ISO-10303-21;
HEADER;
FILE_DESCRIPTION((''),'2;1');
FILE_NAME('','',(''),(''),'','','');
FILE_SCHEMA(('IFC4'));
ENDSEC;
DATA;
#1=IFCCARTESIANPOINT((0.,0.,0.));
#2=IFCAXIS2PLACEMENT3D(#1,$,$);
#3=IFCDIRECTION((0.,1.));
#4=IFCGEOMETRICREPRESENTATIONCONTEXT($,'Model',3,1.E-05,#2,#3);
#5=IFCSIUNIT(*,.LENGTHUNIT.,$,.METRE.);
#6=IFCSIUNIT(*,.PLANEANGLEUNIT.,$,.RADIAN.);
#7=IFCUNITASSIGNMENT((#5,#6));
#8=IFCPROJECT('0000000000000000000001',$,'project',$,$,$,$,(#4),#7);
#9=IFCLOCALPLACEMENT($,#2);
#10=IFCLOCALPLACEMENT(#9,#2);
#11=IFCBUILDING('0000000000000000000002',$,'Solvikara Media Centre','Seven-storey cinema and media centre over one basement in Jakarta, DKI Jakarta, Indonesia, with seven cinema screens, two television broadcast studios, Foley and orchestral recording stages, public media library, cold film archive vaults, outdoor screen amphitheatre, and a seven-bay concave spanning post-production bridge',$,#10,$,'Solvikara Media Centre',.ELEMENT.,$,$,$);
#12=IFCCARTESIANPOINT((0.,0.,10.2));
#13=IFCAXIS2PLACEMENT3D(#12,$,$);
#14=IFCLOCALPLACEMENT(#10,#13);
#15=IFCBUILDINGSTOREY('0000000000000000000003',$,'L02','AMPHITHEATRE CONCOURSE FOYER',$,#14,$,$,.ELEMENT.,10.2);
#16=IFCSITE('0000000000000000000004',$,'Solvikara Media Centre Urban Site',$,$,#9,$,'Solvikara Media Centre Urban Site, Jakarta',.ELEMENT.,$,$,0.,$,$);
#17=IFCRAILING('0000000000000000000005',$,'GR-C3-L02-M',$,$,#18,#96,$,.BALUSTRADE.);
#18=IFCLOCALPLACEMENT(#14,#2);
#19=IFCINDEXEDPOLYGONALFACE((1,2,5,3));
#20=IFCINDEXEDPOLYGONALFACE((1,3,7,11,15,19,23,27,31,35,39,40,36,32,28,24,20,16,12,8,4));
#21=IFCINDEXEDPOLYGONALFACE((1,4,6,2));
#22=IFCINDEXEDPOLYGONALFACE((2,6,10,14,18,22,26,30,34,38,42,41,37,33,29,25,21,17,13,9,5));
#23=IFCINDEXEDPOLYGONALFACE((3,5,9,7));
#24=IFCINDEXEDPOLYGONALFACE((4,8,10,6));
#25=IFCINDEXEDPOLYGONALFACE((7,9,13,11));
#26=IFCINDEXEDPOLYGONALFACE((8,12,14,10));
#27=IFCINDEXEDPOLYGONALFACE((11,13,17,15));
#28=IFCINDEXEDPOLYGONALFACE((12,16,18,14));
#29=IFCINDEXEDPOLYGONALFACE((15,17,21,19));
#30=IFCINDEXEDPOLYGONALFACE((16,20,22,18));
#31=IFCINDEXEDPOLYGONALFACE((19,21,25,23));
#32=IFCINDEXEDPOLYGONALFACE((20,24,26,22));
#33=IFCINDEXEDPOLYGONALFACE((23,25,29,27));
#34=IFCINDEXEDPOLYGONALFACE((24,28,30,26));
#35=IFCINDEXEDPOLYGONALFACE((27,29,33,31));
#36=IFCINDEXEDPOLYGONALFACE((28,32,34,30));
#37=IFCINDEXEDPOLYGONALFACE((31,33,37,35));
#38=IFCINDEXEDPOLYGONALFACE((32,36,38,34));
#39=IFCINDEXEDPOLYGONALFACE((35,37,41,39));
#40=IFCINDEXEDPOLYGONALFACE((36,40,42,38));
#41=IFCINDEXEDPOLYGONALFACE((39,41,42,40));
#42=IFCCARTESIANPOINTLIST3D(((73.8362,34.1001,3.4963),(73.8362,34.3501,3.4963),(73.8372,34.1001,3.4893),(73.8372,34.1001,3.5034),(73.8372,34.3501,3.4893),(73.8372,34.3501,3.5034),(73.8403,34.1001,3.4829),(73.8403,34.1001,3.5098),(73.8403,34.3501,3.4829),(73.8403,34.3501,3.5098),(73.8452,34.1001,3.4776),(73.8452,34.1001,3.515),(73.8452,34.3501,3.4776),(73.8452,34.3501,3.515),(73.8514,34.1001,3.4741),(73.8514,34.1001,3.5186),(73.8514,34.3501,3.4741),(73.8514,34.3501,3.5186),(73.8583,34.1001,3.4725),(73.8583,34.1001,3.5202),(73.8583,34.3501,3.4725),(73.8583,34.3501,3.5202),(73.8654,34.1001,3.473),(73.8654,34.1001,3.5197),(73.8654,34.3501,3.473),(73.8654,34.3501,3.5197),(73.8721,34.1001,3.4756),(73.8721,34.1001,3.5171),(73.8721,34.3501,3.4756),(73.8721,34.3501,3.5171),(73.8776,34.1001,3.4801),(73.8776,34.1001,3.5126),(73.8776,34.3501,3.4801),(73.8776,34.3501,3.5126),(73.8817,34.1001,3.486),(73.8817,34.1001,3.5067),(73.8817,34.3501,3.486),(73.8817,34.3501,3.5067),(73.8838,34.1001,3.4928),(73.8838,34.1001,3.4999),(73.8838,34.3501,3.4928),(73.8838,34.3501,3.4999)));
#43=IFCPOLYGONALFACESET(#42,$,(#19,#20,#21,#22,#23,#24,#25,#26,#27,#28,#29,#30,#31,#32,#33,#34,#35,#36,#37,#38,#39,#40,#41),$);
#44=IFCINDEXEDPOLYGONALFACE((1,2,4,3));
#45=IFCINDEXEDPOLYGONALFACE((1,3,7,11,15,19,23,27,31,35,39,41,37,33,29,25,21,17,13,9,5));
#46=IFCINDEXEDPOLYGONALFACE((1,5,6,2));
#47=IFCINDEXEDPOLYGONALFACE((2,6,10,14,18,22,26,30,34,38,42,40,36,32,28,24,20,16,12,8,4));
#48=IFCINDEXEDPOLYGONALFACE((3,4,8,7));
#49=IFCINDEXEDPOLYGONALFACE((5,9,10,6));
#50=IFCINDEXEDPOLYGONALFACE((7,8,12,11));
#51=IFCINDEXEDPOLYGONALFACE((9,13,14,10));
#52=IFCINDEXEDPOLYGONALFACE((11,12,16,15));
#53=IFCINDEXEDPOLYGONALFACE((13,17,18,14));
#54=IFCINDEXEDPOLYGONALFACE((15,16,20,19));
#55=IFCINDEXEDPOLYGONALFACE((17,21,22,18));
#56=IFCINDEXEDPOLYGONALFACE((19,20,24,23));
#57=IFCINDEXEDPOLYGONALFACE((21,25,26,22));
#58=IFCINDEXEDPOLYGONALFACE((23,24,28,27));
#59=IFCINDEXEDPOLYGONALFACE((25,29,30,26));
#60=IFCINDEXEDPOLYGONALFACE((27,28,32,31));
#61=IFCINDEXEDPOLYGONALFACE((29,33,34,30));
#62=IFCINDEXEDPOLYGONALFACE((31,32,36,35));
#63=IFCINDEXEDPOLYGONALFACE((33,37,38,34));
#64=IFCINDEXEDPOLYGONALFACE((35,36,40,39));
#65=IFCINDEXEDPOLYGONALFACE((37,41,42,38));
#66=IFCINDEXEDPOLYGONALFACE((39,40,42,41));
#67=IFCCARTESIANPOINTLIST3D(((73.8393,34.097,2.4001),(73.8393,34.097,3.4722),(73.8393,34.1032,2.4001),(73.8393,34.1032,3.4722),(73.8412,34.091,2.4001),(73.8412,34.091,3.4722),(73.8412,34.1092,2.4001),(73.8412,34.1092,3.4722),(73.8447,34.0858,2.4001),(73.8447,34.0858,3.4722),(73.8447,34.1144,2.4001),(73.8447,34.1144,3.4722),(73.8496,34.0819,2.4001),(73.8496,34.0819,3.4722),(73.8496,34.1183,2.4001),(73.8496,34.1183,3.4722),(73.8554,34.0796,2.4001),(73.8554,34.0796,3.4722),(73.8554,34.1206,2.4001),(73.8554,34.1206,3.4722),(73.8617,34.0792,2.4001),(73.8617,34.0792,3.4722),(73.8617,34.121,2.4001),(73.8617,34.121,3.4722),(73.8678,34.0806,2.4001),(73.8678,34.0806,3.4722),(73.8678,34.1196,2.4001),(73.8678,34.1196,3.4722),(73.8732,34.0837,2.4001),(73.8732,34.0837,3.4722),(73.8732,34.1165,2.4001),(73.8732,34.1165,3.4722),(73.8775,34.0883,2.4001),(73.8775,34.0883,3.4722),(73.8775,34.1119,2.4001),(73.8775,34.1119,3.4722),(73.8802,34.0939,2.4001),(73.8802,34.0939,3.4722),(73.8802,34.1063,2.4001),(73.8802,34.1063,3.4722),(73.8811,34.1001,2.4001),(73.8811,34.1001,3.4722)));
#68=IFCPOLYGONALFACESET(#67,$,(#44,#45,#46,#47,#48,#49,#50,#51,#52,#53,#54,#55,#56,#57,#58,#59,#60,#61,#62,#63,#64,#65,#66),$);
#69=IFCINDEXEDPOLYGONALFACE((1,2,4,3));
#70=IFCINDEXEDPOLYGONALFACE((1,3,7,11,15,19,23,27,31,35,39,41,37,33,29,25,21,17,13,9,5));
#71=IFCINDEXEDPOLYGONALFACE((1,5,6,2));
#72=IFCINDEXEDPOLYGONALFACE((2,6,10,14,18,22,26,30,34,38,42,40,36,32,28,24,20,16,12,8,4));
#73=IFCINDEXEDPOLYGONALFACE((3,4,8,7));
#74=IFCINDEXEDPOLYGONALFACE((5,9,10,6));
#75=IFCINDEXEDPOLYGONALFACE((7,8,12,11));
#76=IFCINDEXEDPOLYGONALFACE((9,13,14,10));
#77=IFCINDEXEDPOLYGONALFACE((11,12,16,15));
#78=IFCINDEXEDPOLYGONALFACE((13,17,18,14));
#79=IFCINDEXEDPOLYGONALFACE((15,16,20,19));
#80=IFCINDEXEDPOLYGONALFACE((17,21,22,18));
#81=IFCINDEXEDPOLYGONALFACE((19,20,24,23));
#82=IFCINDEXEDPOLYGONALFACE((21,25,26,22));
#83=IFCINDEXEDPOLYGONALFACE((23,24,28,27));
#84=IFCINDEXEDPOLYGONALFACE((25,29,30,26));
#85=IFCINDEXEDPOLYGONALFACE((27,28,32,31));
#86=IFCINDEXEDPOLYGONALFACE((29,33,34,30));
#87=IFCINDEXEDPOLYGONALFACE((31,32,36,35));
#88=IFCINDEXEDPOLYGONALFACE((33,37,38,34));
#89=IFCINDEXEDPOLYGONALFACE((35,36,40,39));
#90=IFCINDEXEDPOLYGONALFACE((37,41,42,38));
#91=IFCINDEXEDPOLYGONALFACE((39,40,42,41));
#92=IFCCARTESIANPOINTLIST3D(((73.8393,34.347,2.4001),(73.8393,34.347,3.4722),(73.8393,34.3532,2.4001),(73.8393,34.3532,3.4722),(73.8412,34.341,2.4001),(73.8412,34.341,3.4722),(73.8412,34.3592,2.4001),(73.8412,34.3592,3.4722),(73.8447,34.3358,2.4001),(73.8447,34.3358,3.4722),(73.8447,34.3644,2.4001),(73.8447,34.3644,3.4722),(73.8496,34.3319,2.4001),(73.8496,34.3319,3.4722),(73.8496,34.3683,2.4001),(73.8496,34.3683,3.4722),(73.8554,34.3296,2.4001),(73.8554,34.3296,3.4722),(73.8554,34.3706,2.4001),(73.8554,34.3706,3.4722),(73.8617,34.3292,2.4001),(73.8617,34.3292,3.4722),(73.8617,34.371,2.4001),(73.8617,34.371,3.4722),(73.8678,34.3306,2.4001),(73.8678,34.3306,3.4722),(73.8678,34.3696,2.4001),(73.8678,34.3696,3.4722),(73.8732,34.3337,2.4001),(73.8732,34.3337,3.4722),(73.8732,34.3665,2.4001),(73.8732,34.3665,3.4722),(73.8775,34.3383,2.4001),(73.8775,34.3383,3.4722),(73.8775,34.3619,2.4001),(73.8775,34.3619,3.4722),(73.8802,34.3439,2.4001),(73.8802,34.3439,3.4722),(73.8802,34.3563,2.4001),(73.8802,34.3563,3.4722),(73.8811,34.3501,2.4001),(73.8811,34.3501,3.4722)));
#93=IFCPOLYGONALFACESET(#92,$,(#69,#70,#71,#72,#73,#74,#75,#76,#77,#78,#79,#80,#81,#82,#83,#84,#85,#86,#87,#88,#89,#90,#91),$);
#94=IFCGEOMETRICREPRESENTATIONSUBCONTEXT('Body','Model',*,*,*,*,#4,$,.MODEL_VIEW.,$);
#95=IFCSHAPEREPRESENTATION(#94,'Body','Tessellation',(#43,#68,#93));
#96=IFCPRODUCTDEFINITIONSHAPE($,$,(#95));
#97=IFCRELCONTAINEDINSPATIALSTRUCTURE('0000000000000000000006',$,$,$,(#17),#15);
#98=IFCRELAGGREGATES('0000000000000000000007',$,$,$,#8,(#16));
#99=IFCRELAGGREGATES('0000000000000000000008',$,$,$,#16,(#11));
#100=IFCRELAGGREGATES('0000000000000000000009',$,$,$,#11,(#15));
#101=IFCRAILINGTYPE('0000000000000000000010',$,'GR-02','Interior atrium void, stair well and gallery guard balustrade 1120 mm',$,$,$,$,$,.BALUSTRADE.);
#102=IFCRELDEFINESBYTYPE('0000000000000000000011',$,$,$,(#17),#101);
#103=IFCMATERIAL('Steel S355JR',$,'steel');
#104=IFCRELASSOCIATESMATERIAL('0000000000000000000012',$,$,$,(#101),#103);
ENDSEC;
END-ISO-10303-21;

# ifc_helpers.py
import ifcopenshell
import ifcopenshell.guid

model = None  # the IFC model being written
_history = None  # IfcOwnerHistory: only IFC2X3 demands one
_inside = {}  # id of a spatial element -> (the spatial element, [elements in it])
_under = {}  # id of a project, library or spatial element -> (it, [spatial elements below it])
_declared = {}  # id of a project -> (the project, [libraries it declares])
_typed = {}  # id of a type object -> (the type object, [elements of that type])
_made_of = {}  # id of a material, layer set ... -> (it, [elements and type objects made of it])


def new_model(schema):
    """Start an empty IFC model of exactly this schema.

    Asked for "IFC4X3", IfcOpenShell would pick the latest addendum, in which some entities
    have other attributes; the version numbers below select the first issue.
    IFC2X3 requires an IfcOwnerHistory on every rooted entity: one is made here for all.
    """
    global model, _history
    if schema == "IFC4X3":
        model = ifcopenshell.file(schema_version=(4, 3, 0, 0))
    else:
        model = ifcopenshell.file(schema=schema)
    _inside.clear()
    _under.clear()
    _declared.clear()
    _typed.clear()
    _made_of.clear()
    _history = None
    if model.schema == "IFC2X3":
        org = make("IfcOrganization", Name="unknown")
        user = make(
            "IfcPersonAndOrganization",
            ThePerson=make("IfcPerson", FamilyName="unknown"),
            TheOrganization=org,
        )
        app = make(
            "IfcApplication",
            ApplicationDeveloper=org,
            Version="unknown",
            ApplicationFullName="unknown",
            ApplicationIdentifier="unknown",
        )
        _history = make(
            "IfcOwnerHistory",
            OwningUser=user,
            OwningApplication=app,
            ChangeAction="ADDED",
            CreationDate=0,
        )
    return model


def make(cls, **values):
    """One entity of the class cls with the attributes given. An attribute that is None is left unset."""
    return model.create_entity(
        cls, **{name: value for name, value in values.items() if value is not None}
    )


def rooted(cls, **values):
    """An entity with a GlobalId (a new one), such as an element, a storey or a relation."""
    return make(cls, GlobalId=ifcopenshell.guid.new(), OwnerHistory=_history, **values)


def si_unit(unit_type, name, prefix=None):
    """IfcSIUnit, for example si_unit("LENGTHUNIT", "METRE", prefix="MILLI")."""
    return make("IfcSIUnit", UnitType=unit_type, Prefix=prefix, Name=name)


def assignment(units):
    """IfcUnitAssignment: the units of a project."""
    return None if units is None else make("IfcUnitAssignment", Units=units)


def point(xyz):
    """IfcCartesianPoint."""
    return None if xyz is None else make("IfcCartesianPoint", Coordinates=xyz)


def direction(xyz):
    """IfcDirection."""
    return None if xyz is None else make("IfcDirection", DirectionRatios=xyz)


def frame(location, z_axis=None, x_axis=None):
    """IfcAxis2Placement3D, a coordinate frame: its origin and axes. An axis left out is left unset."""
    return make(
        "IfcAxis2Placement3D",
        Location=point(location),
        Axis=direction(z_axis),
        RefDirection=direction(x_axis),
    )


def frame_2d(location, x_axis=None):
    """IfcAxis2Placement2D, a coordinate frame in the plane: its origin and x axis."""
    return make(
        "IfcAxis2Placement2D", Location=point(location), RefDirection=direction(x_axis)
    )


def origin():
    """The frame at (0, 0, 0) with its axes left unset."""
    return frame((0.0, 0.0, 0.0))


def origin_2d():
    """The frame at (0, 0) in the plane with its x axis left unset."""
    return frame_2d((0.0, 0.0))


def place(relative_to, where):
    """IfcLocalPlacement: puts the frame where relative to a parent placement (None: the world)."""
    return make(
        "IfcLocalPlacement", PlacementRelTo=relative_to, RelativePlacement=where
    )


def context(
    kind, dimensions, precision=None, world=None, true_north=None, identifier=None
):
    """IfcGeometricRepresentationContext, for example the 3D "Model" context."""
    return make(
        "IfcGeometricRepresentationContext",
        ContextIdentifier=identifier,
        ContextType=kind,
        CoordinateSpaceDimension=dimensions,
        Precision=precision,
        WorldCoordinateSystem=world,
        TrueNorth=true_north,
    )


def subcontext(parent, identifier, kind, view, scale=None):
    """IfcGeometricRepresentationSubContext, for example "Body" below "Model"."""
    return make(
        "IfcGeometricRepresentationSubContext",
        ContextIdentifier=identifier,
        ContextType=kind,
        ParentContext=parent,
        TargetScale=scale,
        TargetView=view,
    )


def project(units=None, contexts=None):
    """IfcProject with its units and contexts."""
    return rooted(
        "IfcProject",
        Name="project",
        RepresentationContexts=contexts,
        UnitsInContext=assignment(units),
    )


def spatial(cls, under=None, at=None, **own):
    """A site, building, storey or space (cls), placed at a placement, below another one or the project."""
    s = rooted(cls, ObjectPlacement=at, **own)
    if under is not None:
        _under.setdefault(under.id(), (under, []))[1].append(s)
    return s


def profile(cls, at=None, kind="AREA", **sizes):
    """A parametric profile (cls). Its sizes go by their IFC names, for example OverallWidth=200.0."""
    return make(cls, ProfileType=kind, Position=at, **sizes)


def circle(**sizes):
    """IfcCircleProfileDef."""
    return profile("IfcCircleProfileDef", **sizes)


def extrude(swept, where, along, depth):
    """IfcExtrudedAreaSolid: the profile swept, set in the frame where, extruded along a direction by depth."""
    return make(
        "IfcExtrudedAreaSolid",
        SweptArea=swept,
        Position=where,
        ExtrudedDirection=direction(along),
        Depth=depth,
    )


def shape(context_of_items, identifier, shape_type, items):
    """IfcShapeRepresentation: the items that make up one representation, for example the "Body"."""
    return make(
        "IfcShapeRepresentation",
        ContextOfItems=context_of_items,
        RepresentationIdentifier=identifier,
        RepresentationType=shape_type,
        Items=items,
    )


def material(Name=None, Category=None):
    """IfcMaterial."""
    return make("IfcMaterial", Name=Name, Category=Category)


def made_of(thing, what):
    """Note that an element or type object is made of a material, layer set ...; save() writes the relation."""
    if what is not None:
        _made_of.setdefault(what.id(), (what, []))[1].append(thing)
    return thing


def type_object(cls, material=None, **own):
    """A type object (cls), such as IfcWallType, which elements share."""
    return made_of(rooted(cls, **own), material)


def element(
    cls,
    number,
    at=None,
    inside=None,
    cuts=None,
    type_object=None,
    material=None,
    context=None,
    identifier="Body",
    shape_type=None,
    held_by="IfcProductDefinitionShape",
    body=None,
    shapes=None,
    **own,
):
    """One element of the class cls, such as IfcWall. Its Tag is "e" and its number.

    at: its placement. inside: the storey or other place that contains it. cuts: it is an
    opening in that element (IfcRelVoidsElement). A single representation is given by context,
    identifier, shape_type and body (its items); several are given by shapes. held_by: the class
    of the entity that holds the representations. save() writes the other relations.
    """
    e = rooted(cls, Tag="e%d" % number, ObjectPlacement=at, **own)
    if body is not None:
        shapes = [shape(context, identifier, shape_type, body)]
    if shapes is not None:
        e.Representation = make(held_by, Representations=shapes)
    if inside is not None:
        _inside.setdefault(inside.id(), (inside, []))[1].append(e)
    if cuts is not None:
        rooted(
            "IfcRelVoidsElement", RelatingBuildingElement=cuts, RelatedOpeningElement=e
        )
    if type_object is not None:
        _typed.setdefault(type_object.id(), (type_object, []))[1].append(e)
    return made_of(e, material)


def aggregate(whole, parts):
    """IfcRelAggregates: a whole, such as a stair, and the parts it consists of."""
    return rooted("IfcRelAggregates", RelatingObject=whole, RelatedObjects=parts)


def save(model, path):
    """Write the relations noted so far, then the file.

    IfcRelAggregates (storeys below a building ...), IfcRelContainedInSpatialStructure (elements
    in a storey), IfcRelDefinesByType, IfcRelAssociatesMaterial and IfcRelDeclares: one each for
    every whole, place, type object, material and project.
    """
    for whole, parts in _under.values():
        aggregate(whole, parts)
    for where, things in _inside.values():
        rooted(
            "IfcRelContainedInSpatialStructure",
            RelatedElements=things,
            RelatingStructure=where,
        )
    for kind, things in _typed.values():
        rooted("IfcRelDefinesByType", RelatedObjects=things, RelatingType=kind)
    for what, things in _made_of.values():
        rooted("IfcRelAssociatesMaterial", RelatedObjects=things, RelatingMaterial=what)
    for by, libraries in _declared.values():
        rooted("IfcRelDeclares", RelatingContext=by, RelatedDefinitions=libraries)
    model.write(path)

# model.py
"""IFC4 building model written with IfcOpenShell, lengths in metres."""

from ifc_helpers import new_model, si_unit, direction, frame, origin, origin_2d, place, context, subcontext, project, spatial, circle, extrude, material, type_object, element, save


model = new_model("IFC4")

# Units and contexts
model_context = context("Model", 3, precision=1e-05, world=origin(), true_north=direction((0.0, 1.0)))
body_context = subcontext(model_context, "Body", "Model", "MODEL_VIEW")
ifc_project = project(units=[si_unit("LENGTHUNIT", "METRE"), si_unit("PLANEANGLEUNIT", "RADIAN")], contexts=[model_context])

# Site, building, storey
site_placement = place(None, origin())
site = spatial("IfcSite", under=ifc_project, at=site_placement, Name="Solvikara Media Centre Urban Site", LongName="Solvikara Media Centre Urban Site, Jakarta", CompositionType="ELEMENT", RefElevation=0.0)
building_placement = place(site_placement, origin())
building = spatial("IfcBuilding", under=site, at=building_placement, Name="Solvikara Media Centre", Description="Seven-storey cinema and media centre over one basement in Jakarta, DKI Jakarta, Indonesia, with seven cinema screens, two television broadcast studios, Foley and orchestral recording stages, public media library, cold film archive vaults, outdoor screen amphitheatre, and a seven-bay concave spanning post-production bridge", LongName="Solvikara Media Centre", CompositionType="ELEMENT")
storey_placement = place(building_placement, frame((0.0, 0.0, 10.2)))
storey = spatial("IfcBuildingStorey", under=building, at=storey_placement, Name="L02", Description="AMPHITHEATRE CONCOURSE FOYER", CompositionType="ELEMENT", Elevation=10.2)

# Shared definitions
ifc_material_1 = material(Name="Steel S355JR", Category="steel")

# Railing
railing_type_1 = type_object("IfcRailingType", Name="GR-02", Description="Interior atrium void, stair well and gallery guard balustrade 1120 mm", PredefinedType="BALUSTRADE", material=ifc_material_1)
railing_1_placement = place(storey_placement, frame((73.8601, 34.1001, 2.4001)))
element("IfcRailing", 1, at=railing_1_placement, inside=storey, type_object=railing_type_1, Name="GR-C3-L02-M", PredefinedType="BALUSTRADE", context=body_context, shape_type="SweptSolid", body=[
    extrude(circle(Radius=0.0239, at=origin_2d()), frame((0.0, 0.0, 1.0962), z_axis=(0.0, 1.0, 0.0), x_axis=(-1.0, 0.0, 0.0)), (0.0, 0.0, 1.0), 0.25),
    extrude(circle(Radius=0.021, at=origin_2d()), origin(), (0.0, 0.0, 1.0), 1.072),
    extrude(circle(Radius=0.021, at=origin_2d()), frame((0.0, 0.25, 0.0)), (0.0, 0.0, 1.0), 1.072),
])

save(model, "model.ifc")
